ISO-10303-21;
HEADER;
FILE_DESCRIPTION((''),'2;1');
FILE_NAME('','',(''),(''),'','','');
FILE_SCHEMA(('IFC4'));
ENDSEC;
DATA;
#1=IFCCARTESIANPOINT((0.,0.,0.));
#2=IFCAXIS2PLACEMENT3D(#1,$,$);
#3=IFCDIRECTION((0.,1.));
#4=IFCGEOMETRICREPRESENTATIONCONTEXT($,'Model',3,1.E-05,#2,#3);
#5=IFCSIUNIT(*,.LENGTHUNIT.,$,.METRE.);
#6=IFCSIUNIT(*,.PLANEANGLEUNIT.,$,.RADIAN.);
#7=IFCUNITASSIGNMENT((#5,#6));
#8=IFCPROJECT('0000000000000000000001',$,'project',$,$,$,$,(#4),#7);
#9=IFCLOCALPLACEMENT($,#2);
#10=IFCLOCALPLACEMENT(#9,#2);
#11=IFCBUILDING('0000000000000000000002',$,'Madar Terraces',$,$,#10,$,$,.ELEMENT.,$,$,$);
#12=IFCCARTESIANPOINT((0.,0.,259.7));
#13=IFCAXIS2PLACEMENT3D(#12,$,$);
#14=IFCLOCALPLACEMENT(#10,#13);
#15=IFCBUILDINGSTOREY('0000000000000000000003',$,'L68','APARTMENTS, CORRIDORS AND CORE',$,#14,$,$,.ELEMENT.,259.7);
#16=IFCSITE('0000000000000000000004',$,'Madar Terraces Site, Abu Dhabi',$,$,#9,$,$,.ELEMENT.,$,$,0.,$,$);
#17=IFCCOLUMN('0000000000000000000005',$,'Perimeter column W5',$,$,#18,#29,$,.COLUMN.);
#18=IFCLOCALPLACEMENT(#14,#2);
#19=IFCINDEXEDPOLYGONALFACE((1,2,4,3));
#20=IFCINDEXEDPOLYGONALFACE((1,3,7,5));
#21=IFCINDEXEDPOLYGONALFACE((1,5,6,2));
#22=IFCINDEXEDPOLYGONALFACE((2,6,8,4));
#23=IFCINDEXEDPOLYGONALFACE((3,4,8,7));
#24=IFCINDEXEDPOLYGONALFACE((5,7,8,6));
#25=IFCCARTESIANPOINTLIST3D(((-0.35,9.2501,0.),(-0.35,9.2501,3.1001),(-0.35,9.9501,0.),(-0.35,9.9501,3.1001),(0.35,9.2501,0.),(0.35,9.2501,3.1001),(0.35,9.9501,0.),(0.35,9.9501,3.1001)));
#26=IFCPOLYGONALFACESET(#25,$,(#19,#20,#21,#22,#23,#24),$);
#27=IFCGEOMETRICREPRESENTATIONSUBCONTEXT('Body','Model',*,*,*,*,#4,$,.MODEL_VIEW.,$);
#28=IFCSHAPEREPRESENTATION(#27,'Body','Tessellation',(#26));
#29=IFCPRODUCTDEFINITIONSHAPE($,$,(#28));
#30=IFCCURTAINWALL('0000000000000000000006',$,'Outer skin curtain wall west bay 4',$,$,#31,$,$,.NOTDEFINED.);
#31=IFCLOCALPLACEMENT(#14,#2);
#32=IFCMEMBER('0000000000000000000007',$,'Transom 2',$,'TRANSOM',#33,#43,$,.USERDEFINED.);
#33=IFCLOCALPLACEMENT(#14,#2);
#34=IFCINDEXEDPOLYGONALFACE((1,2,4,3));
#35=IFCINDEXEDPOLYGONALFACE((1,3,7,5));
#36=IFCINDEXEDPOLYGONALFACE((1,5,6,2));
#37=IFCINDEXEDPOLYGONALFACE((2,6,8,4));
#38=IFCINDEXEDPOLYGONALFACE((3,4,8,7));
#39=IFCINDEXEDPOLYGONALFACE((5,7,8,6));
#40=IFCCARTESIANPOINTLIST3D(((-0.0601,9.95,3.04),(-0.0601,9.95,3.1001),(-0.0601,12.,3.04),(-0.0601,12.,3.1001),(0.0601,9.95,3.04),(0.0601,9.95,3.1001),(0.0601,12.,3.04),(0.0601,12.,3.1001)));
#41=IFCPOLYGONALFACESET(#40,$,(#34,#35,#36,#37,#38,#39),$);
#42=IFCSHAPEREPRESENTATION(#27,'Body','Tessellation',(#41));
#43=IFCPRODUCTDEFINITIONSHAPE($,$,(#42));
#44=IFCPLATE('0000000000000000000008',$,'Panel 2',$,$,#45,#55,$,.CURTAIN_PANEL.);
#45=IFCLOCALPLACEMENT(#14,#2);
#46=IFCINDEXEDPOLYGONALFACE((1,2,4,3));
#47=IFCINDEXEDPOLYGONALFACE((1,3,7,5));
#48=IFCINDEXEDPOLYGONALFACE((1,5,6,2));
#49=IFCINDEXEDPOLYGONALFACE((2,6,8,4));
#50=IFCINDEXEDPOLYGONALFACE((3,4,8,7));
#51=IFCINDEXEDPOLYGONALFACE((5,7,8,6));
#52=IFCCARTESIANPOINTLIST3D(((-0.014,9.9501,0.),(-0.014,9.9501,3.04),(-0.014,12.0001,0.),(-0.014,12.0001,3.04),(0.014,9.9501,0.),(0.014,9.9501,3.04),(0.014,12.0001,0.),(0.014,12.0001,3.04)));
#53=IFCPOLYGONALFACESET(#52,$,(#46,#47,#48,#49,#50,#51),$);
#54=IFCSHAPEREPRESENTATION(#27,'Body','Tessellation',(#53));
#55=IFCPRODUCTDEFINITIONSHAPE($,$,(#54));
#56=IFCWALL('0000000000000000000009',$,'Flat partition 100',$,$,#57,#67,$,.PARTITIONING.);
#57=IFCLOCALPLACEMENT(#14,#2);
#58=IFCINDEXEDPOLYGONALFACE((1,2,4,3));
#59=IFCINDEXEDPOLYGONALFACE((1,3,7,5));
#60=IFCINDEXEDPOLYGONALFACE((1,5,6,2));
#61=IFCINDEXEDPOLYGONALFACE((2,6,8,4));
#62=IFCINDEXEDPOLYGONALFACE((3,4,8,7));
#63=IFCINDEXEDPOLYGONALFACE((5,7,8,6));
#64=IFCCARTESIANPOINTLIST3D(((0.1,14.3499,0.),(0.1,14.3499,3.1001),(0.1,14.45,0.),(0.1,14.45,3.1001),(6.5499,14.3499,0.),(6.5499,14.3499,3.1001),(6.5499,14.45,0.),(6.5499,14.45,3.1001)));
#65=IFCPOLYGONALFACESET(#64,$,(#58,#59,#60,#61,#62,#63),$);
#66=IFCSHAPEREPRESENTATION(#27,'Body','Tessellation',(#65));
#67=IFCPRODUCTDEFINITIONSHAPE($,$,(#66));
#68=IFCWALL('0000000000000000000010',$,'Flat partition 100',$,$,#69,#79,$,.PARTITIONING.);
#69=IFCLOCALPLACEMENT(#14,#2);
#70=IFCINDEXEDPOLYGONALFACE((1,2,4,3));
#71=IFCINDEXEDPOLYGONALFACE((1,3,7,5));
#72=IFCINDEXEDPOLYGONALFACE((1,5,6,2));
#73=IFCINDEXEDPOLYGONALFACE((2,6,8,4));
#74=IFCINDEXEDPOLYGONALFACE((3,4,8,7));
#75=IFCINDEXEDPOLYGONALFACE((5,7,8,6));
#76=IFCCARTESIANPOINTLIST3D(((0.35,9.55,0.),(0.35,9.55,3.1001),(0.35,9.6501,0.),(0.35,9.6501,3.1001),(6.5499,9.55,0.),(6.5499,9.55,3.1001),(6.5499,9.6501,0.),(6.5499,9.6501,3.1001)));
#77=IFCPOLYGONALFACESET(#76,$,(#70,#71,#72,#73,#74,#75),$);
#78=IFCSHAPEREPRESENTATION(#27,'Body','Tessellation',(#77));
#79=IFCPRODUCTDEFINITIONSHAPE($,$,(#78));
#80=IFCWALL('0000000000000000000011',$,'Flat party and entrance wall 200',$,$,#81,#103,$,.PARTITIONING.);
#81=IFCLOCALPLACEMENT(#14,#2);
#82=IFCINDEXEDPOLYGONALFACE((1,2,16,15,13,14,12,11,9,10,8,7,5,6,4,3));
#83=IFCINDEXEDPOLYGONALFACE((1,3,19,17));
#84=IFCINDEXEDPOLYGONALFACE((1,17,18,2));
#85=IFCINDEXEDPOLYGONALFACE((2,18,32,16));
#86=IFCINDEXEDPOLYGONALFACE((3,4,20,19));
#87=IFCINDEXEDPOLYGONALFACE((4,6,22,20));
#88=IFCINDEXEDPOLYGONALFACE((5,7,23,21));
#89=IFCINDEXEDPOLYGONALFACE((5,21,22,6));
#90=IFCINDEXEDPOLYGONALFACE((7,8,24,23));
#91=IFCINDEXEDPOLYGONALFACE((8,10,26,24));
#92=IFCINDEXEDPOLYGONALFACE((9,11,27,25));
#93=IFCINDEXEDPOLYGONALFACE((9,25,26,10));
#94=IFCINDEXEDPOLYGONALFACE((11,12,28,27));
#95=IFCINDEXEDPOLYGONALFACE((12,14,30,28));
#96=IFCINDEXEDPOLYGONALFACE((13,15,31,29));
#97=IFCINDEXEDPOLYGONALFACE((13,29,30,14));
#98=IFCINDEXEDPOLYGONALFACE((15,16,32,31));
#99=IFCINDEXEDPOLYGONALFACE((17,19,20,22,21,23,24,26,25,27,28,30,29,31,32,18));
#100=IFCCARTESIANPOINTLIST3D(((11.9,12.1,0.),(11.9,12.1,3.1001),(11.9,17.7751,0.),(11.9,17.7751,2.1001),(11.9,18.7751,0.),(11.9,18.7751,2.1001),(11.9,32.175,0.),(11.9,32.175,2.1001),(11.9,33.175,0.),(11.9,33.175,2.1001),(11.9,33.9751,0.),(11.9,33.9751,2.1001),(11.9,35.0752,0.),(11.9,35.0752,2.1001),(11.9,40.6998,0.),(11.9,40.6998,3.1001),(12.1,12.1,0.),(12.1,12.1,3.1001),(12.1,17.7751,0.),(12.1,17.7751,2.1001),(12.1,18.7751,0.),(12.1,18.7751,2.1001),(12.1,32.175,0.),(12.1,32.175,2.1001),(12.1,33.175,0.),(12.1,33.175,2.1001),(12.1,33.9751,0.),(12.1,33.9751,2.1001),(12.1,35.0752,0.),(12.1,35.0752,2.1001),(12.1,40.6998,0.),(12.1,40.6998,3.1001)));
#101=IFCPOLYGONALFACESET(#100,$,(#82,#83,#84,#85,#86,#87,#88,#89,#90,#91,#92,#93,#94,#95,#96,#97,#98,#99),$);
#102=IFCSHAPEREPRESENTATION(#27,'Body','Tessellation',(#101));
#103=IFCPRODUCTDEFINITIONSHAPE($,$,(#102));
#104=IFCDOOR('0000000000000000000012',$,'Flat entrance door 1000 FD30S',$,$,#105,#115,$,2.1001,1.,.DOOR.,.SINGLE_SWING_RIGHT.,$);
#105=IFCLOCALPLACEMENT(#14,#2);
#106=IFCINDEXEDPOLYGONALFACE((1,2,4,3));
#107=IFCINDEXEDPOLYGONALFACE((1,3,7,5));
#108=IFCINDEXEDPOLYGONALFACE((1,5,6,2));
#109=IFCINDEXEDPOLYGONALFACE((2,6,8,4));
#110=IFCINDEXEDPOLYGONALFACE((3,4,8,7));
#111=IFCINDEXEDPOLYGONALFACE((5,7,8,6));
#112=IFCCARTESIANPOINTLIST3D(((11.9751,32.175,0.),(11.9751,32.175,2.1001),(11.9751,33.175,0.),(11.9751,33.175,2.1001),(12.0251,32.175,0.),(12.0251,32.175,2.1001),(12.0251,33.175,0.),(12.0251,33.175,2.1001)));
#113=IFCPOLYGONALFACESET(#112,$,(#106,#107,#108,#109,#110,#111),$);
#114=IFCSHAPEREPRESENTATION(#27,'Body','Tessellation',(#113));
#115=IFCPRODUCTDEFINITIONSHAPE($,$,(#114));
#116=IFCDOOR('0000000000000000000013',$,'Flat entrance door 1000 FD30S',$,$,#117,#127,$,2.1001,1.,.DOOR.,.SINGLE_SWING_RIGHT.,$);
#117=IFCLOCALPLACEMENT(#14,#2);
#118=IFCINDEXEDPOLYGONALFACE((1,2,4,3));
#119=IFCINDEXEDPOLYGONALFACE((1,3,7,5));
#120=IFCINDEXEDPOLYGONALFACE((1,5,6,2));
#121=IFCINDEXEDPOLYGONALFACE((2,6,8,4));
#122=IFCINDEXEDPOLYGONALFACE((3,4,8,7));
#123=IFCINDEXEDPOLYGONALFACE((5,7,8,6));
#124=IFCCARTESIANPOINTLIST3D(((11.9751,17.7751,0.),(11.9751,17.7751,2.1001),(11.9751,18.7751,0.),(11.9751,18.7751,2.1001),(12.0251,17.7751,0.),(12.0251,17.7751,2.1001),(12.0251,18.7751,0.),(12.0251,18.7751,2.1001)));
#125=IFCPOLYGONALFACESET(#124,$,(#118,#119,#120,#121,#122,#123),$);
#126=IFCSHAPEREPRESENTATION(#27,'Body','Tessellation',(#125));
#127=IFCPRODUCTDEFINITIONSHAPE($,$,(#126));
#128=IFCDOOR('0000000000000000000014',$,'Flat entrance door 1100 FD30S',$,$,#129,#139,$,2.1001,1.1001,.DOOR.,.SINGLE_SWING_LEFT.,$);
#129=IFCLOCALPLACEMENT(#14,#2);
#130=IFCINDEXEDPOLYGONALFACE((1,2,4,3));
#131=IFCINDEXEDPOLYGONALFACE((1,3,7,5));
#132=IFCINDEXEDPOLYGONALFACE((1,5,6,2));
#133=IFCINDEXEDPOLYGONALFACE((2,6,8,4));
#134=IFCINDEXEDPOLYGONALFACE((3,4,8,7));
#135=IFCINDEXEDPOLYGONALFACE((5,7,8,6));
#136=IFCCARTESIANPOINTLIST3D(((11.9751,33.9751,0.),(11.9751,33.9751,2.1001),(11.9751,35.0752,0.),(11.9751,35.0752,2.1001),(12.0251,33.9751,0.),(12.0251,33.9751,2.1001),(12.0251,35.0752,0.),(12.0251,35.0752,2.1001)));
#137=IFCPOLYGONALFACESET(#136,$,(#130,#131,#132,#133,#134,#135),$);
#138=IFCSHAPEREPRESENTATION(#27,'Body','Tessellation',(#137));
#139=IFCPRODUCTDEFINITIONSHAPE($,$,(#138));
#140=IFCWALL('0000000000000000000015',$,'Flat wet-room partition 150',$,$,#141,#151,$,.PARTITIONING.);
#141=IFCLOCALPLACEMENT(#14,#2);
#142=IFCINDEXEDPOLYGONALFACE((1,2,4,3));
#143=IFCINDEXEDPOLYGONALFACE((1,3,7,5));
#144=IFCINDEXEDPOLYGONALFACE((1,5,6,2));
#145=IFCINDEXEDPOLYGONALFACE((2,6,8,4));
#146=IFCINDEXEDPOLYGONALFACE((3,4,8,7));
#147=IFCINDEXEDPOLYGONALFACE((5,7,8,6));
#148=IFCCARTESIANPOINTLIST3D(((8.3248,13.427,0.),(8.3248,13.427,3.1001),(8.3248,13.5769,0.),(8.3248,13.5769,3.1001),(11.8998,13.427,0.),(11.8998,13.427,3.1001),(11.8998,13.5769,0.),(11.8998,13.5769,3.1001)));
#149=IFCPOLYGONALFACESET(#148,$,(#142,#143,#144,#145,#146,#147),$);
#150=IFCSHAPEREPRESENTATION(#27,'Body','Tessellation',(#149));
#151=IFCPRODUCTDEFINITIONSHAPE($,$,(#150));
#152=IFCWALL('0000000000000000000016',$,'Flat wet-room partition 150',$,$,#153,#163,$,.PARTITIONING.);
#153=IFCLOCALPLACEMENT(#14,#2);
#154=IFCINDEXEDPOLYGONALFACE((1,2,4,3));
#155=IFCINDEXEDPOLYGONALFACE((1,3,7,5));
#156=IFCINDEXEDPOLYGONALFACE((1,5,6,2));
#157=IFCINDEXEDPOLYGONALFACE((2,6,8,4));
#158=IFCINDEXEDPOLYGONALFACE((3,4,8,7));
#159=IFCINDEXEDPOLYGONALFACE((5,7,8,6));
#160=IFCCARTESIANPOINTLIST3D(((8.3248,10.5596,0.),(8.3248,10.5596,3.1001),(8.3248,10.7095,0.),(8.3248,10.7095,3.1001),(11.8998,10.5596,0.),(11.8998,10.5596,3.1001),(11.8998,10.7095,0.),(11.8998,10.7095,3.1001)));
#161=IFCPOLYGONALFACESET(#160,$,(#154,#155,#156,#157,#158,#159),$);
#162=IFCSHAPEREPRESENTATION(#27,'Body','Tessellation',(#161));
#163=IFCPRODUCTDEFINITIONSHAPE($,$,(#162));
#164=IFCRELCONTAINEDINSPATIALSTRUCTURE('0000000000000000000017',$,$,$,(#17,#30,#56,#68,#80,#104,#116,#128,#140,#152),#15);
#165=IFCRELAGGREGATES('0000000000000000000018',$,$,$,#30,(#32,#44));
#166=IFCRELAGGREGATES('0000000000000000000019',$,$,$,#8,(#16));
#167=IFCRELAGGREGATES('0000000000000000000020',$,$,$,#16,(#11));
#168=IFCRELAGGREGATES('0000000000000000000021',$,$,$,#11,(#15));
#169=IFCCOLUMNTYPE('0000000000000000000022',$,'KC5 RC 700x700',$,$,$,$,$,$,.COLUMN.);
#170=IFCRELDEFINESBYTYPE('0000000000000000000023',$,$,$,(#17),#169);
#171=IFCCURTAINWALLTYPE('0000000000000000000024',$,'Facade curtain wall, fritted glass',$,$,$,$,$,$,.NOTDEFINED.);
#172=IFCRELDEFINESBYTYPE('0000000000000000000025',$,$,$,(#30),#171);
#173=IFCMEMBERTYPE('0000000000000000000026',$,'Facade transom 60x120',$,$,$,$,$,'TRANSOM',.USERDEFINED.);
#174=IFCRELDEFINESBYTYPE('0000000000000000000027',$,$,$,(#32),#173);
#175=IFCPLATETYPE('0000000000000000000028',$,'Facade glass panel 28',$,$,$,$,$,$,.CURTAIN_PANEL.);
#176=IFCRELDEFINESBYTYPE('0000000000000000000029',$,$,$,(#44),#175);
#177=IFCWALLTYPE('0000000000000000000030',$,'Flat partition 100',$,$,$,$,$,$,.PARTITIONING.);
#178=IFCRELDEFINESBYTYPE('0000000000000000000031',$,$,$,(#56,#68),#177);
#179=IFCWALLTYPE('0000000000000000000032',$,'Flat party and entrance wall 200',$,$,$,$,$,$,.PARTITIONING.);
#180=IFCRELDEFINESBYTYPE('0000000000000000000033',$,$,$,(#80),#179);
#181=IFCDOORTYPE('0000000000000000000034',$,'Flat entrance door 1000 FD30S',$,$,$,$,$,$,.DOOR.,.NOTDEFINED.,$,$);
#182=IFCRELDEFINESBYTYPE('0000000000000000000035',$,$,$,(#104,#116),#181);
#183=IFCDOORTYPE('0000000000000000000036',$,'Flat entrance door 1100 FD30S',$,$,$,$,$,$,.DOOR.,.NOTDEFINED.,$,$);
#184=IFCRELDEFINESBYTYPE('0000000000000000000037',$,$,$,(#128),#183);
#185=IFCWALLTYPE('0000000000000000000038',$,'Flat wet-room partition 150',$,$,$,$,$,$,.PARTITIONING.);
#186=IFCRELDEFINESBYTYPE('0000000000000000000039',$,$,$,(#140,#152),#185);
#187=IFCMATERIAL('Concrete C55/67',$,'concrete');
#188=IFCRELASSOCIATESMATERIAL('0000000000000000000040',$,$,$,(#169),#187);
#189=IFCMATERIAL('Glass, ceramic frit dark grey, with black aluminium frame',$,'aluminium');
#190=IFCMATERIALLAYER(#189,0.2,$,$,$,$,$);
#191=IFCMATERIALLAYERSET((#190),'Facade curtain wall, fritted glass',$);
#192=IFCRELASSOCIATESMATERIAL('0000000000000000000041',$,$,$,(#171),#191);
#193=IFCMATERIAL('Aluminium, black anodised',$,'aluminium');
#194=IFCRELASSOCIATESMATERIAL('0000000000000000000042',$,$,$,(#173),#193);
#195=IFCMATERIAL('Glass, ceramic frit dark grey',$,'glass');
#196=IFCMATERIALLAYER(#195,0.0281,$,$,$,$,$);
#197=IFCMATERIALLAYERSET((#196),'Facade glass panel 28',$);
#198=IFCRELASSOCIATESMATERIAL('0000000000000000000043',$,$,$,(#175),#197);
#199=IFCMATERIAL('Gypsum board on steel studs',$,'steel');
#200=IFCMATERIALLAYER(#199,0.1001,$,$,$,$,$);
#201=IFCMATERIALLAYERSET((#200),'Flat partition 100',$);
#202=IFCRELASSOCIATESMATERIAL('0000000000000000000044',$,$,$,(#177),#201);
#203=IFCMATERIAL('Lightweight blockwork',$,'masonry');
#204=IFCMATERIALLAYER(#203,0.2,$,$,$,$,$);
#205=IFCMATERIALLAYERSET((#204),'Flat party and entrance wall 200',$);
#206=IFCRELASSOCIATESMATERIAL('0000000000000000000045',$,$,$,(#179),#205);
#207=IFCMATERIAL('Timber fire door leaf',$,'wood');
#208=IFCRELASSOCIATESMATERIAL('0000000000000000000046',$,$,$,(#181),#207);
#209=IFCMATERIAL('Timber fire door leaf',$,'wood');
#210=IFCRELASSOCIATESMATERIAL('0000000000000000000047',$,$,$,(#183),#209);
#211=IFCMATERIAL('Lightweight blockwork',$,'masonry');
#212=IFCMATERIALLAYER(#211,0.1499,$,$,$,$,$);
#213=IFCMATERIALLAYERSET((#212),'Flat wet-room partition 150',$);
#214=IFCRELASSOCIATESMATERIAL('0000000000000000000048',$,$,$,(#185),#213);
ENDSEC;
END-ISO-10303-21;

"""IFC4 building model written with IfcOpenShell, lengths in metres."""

from ifc_helpers import new_model, si_unit, direction, frame, frame_2d, origin, origin_2d, place, context, subcontext, project, spatial, rectangle, extrude, material, layer, layer_set, material_profile, profile_set, type_object, element, fill, aggregate, save


model = new_model("IFC4")

# Units and contexts
model_context = context("Model", 3, precision=1e-05, world=origin(), true_north=direction((0.0, 1.0)))
body_context = subcontext(model_context, "Body", "Model", "MODEL_VIEW")
ifc_project = project(units=[si_unit("LENGTHUNIT", "METRE"), si_unit("PLANEANGLEUNIT", "RADIAN")], contexts=[model_context])

# Site, building, storey
site_placement = place(None, origin())
site = spatial("IfcSite", under=ifc_project, at=site_placement, Name="Madar Terraces Site, Abu Dhabi", CompositionType="ELEMENT", RefElevation=0.0)
building_placement = place(site_placement, origin())
building = spatial("IfcBuilding", under=site, at=building_placement, Name="Madar Terraces", CompositionType="ELEMENT")
storey_placement = place(building_placement, frame((0.0, 0.0, 259.7)))
storey = spatial("IfcBuildingStorey", under=building, at=storey_placement, Name="L68", Description="APARTMENTS, CORRIDORS AND CORE", CompositionType="ELEMENT", Elevation=259.7)

# Column
ifc_material_1 = material(Name="Concrete C55/67", Category="concrete")
ifc_material_profile_1 = material_profile(ifc_material_1, rectangle(XDim=0.7, YDim=0.7, at=origin_2d()), Name="KC5 RC 700x700")
ifc_profile_set_1 = profile_set([ifc_material_profile_1], Name="Concrete C55/67")
column_type = type_object("IfcColumnType", Name="KC5 RC 700x700", PredefinedType="COLUMN", material=ifc_profile_set_1)
column_placement = place(storey_placement, frame((0.0, 9.6001, 0.0), z_axis=(0.0, 0.0, 1.0), x_axis=(1.0, 0.0, 0.0)))
element("IfcColumn", 1, at=column_placement, inside=storey, type_object=column_type, Name="Perimeter column W5", PredefinedType="COLUMN", context=body_context, shape_type="SweptSolid", body=[
    extrude(rectangle(XDim=0.7, YDim=0.7, at=origin_2d()), origin(), (0.0, 0.0, 1.0), 3.1001),
])

# Curtain wall, member, plate
ifc_material_2 = material(Name="Glass, ceramic frit dark grey, with black aluminium frame", Category="aluminium")
ifc_layer_1 = layer(ifc_material_2, 0.2)
ifc_layer_set_1 = layer_set([ifc_layer_1], Name="Facade curtain wall, fritted glass")
curtain_wall_type = type_object("IfcCurtainWallType", Name="Facade curtain wall, fritted glass", PredefinedType="NOTDEFINED", material=ifc_layer_set_1)
curtain_wall_placement = place(storey_placement, origin())
curtain_wall = element("IfcCurtainWall", 2, at=curtain_wall_placement, inside=storey, type_object=curtain_wall_type, Name="Outer skin curtain wall west bay 4", PredefinedType="NOTDEFINED")
ifc_material_3 = material(Name="Aluminium, black anodised", Category="aluminium")
ifc_material_profile_2 = material_profile(ifc_material_3, rectangle(XDim=0.1201, YDim=0.0601, at=origin_2d()), Name="Facade transom 60x120")
ifc_profile_set_2 = profile_set([ifc_material_profile_2], Name="Aluminium, black anodised")
member_type = type_object("IfcMemberType", Name="Facade transom 60x120", ElementType="TRANSOM", PredefinedType="USERDEFINED", material=ifc_profile_set_2)
member_placement = place(storey_placement, frame((0.0, 12.0, 3.0701), z_axis=(0.0, -1.0, 0.0), x_axis=(1.0, 0.0, 0.0)))
member = element("IfcMember", 3, at=member_placement, type_object=member_type, Name="Transom 2", ObjectType="TRANSOM", PredefinedType="USERDEFINED", context=body_context, shape_type="SweptSolid", body=[
    extrude(rectangle(XDim=0.1201, YDim=0.0601, at=origin_2d()), origin(), (0.0, 0.0, 1.0), 2.05),
])
ifc_material_4 = material(Name="Glass, ceramic frit dark grey", Category="glass")
ifc_layer_2 = layer(ifc_material_4, 0.0281)
ifc_layer_set_2 = layer_set([ifc_layer_2], Name="Facade glass panel 28")
plate_type = type_object("IfcPlateType", Name="Facade glass panel 28", PredefinedType="CURTAIN_PANEL", material=ifc_layer_set_2)
plate_placement = place(storey_placement, frame((0.0, 10.9751, 0.0), z_axis=(0.0, 0.0, 1.0), x_axis=(0.0, -1.0, 0.0)))
plate = element("IfcPlate", 4, at=plate_placement, type_object=plate_type, Name="Panel 2", PredefinedType="CURTAIN_PANEL", context=body_context, shape_type="SweptSolid", body=[
    extrude(rectangle(XDim=2.05, YDim=0.0281, at=origin_2d()), origin(), (0.0, 0.0, 1.0), 3.04),
])
aggregate(curtain_wall, [member, plate])

# Walls
ifc_material_5 = material(Name="Gypsum board on steel studs", Category="steel")
ifc_layer_3 = layer(ifc_material_5, 0.1001)
ifc_layer_set_3 = layer_set([ifc_layer_3], Name="Flat partition 100")
wall_type_1 = type_object("IfcWallType", Name="Flat partition 100", PredefinedType="PARTITIONING", material=ifc_layer_set_3)
wall_1_placement = place(storey_placement, frame((6.55, 14.3999, 0.0), z_axis=(0.0, 0.0, 1.0), x_axis=(-1.0, 0.0, 0.0)))
element("IfcWall", 5, at=wall_1_placement, inside=storey, type_object=wall_type_1, Name="Flat partition 100", PredefinedType="PARTITIONING", context=body_context, shape_type="SweptSolid", body=[
    extrude(rectangle(XDim=6.45, YDim=0.1001, at=frame_2d((3.2251, 0.0))), origin(), (0.0, 0.0, 1.0), 3.1001),
])
wall_2_placement = place(storey_placement, frame((6.55, 9.6001, 0.0), z_axis=(0.0, 0.0, 1.0), x_axis=(-1.0, 0.0, 0.0)))
element("IfcWall", 6, at=wall_2_placement, inside=storey, type_object=wall_type_1, Name="Flat partition 100", PredefinedType="PARTITIONING", context=body_context, shape_type="SweptSolid", body=[
    extrude(rectangle(XDim=6.2, YDim=0.1001, at=frame_2d((3.1001, 0.0))), origin(), (0.0, 0.0, 1.0), 3.1001),
])

# Wall, openings, doors
ifc_material_6 = material(Name="Lightweight blockwork", Category="masonry")
ifc_layer_4 = layer(ifc_material_6, 0.2)
ifc_layer_set_4 = layer_set([ifc_layer_4], Name="Flat party and entrance wall 200")
wall_type_2 = type_object("IfcWallType", Name="Flat party and entrance wall 200", PredefinedType="PARTITIONING", material=ifc_layer_set_4)
wall_3_placement = place(storey_placement, frame((12.0, 12.1001, 0.0), z_axis=(0.0, 0.0, 1.0), x_axis=(0.0, 1.0, 0.0)))
wall_3 = element("IfcWall", 7, at=wall_3_placement, inside=storey, type_object=wall_type_2, Name="Flat party and entrance wall 200", PredefinedType="PARTITIONING", context=body_context, shape_type="SweptSolid", body=[
    extrude(rectangle(XDim=28.5999, YDim=0.2, at=frame_2d((14.2998, 0.0))), origin(), (0.0, 0.0, 1.0), 3.1001),
])
opening_1_placement = place(wall_3_placement, frame((21.875, 0.0, 0.0)))
opening_1 = element("IfcOpeningElement", 8, at=opening_1_placement, cuts=wall_3, PredefinedType="OPENING", context=body_context, shape_type="SweptSolid", body=[
    extrude(rectangle(XDim=1.1001, YDim=2.1001, at=frame_2d((0.55, 1.05))), frame((0.0, 0.1099, 0.0), z_axis=(0.0, -1.0, 0.0), x_axis=(1.0, 0.0, 0.0)), (0.0, 0.0, 1.0), 0.22),
])
opening_2_placement = place(wall_3_placement, frame((20.075, 0.0, 0.0)))
opening_2 = element("IfcOpeningElement", 9, at=opening_2_placement, cuts=wall_3, PredefinedType="OPENING", context=body_context, shape_type="SweptSolid", body=[
    extrude(rectangle(XDim=1.0, YDim=2.1001, at=frame_2d((0.5, 1.05))), frame((0.0, 0.1099, 0.0), z_axis=(0.0, -1.0, 0.0), x_axis=(1.0, 0.0, 0.0)), (0.0, 0.0, 1.0), 0.22),
])
opening_3_placement = place(wall_3_placement, frame((5.675, 0.0, 0.0)))
opening_3 = element("IfcOpeningElement", 10, at=opening_3_placement, cuts=wall_3, PredefinedType="OPENING", context=body_context, shape_type="SweptSolid", body=[
    extrude(rectangle(XDim=1.0, YDim=2.1001, at=frame_2d((0.5, 1.05))), frame((0.0, 0.1099, 0.0), z_axis=(0.0, -1.0, 0.0), x_axis=(1.0, 0.0, 0.0)), (0.0, 0.0, 1.0), 0.22),
])
ifc_material_7 = material(Name="Timber fire door leaf", Category="wood")
door_type_1 = type_object("IfcDoorType", Name="Flat entrance door 1000 FD30S", OperationType="NOTDEFINED", PredefinedType="DOOR", material=ifc_material_7)
door_1_placement = place(opening_2_placement, origin())
door_1 = element("IfcDoor", 11, at=door_1_placement, inside=storey, type_object=door_type_1, Name="Flat entrance door 1000 FD30S", OperationType="SINGLE_SWING_RIGHT", OverallHeight=2.1001, OverallWidth=1.0, PredefinedType="DOOR", context=body_context, shape_type="SweptSolid", body=[
    extrude(rectangle(XDim=1.0, YDim=2.1001, at=frame_2d((0.5, 1.05))), frame((0.0, 0.0249, 0.0), z_axis=(0.0, -1.0, 0.0), x_axis=(1.0, 0.0, 0.0)), (0.0, 0.0, 1.0), 0.05),
])
fill(opening_2, door_1)
door_2_placement = place(opening_3_placement, origin())
door_2 = element("IfcDoor", 12, at=door_2_placement, inside=storey, type_object=door_type_1, Name="Flat entrance door 1000 FD30S", OperationType="SINGLE_SWING_RIGHT", OverallHeight=2.1001, OverallWidth=1.0, PredefinedType="DOOR", context=body_context, shape_type="SweptSolid", body=[
    extrude(rectangle(XDim=1.0, YDim=2.1001, at=frame_2d((0.5, 1.05))), frame((0.0, 0.0249, 0.0), z_axis=(0.0, -1.0, 0.0), x_axis=(1.0, 0.0, 0.0)), (0.0, 0.0, 1.0), 0.05),
])
fill(opening_3, door_2)
ifc_material_8 = material(Name="Timber fire door leaf", Category="wood")
door_type_2 = type_object("IfcDoorType", Name="Flat entrance door 1100 FD30S", OperationType="NOTDEFINED", PredefinedType="DOOR", material=ifc_material_8)
door_3_placement = place(opening_1_placement, origin())
door_3 = element("IfcDoor", 13, at=door_3_placement, inside=storey, type_object=door_type_2, Name="Flat entrance door 1100 FD30S", OperationType="SINGLE_SWING_LEFT", OverallHeight=2.1001, OverallWidth=1.1001, PredefinedType="DOOR", context=body_context, shape_type="SweptSolid", body=[
    extrude(rectangle(XDim=1.1001, YDim=2.1001, at=frame_2d((0.55, 1.05))), frame((0.0, 0.0249, 0.0), z_axis=(0.0, -1.0, 0.0), x_axis=(1.0, 0.0, 0.0)), (0.0, 0.0, 1.0), 0.05),
])
fill(opening_1, door_3)

# Walls
ifc_material_9 = material(Name="Lightweight blockwork", Category="masonry")
ifc_layer_5 = layer(ifc_material_9, 0.1499)
ifc_layer_set_5 = layer_set([ifc_layer_5], Name="Flat wet-room partition 150")
wall_type_3 = type_object("IfcWallType", Name="Flat wet-room partition 150", PredefinedType="PARTITIONING", material=ifc_layer_set_5)
for number, where, z_axis, x_axis, name in (
    (14, (11.8999, 13.502, 0.0), (0.0, 0.0, 1.0), (-1.0, 0.0, 0.0), "Flat wet-room partition 150"),
    (15, (11.8999, 10.6345, 0.0), (0.0, 0.0, 1.0), (-1.0, 0.0, 0.0), "Flat wet-room partition 150"),
):
    element("IfcWall", number, at=place(storey_placement, frame(where, z_axis=z_axis, x_axis=x_axis)), inside=storey, type_object=wall_type_3, Name=name, PredefinedType="PARTITIONING", context=body_context, shape_type="SweptSolid", body=[
        extrude(rectangle(XDim=3.575, YDim=0.1499, at=frame_2d((1.7876, 0.0))), origin(), (0.0, 0.0, 1.0), 3.1001),
    ])

save(model, "model.ifc")
